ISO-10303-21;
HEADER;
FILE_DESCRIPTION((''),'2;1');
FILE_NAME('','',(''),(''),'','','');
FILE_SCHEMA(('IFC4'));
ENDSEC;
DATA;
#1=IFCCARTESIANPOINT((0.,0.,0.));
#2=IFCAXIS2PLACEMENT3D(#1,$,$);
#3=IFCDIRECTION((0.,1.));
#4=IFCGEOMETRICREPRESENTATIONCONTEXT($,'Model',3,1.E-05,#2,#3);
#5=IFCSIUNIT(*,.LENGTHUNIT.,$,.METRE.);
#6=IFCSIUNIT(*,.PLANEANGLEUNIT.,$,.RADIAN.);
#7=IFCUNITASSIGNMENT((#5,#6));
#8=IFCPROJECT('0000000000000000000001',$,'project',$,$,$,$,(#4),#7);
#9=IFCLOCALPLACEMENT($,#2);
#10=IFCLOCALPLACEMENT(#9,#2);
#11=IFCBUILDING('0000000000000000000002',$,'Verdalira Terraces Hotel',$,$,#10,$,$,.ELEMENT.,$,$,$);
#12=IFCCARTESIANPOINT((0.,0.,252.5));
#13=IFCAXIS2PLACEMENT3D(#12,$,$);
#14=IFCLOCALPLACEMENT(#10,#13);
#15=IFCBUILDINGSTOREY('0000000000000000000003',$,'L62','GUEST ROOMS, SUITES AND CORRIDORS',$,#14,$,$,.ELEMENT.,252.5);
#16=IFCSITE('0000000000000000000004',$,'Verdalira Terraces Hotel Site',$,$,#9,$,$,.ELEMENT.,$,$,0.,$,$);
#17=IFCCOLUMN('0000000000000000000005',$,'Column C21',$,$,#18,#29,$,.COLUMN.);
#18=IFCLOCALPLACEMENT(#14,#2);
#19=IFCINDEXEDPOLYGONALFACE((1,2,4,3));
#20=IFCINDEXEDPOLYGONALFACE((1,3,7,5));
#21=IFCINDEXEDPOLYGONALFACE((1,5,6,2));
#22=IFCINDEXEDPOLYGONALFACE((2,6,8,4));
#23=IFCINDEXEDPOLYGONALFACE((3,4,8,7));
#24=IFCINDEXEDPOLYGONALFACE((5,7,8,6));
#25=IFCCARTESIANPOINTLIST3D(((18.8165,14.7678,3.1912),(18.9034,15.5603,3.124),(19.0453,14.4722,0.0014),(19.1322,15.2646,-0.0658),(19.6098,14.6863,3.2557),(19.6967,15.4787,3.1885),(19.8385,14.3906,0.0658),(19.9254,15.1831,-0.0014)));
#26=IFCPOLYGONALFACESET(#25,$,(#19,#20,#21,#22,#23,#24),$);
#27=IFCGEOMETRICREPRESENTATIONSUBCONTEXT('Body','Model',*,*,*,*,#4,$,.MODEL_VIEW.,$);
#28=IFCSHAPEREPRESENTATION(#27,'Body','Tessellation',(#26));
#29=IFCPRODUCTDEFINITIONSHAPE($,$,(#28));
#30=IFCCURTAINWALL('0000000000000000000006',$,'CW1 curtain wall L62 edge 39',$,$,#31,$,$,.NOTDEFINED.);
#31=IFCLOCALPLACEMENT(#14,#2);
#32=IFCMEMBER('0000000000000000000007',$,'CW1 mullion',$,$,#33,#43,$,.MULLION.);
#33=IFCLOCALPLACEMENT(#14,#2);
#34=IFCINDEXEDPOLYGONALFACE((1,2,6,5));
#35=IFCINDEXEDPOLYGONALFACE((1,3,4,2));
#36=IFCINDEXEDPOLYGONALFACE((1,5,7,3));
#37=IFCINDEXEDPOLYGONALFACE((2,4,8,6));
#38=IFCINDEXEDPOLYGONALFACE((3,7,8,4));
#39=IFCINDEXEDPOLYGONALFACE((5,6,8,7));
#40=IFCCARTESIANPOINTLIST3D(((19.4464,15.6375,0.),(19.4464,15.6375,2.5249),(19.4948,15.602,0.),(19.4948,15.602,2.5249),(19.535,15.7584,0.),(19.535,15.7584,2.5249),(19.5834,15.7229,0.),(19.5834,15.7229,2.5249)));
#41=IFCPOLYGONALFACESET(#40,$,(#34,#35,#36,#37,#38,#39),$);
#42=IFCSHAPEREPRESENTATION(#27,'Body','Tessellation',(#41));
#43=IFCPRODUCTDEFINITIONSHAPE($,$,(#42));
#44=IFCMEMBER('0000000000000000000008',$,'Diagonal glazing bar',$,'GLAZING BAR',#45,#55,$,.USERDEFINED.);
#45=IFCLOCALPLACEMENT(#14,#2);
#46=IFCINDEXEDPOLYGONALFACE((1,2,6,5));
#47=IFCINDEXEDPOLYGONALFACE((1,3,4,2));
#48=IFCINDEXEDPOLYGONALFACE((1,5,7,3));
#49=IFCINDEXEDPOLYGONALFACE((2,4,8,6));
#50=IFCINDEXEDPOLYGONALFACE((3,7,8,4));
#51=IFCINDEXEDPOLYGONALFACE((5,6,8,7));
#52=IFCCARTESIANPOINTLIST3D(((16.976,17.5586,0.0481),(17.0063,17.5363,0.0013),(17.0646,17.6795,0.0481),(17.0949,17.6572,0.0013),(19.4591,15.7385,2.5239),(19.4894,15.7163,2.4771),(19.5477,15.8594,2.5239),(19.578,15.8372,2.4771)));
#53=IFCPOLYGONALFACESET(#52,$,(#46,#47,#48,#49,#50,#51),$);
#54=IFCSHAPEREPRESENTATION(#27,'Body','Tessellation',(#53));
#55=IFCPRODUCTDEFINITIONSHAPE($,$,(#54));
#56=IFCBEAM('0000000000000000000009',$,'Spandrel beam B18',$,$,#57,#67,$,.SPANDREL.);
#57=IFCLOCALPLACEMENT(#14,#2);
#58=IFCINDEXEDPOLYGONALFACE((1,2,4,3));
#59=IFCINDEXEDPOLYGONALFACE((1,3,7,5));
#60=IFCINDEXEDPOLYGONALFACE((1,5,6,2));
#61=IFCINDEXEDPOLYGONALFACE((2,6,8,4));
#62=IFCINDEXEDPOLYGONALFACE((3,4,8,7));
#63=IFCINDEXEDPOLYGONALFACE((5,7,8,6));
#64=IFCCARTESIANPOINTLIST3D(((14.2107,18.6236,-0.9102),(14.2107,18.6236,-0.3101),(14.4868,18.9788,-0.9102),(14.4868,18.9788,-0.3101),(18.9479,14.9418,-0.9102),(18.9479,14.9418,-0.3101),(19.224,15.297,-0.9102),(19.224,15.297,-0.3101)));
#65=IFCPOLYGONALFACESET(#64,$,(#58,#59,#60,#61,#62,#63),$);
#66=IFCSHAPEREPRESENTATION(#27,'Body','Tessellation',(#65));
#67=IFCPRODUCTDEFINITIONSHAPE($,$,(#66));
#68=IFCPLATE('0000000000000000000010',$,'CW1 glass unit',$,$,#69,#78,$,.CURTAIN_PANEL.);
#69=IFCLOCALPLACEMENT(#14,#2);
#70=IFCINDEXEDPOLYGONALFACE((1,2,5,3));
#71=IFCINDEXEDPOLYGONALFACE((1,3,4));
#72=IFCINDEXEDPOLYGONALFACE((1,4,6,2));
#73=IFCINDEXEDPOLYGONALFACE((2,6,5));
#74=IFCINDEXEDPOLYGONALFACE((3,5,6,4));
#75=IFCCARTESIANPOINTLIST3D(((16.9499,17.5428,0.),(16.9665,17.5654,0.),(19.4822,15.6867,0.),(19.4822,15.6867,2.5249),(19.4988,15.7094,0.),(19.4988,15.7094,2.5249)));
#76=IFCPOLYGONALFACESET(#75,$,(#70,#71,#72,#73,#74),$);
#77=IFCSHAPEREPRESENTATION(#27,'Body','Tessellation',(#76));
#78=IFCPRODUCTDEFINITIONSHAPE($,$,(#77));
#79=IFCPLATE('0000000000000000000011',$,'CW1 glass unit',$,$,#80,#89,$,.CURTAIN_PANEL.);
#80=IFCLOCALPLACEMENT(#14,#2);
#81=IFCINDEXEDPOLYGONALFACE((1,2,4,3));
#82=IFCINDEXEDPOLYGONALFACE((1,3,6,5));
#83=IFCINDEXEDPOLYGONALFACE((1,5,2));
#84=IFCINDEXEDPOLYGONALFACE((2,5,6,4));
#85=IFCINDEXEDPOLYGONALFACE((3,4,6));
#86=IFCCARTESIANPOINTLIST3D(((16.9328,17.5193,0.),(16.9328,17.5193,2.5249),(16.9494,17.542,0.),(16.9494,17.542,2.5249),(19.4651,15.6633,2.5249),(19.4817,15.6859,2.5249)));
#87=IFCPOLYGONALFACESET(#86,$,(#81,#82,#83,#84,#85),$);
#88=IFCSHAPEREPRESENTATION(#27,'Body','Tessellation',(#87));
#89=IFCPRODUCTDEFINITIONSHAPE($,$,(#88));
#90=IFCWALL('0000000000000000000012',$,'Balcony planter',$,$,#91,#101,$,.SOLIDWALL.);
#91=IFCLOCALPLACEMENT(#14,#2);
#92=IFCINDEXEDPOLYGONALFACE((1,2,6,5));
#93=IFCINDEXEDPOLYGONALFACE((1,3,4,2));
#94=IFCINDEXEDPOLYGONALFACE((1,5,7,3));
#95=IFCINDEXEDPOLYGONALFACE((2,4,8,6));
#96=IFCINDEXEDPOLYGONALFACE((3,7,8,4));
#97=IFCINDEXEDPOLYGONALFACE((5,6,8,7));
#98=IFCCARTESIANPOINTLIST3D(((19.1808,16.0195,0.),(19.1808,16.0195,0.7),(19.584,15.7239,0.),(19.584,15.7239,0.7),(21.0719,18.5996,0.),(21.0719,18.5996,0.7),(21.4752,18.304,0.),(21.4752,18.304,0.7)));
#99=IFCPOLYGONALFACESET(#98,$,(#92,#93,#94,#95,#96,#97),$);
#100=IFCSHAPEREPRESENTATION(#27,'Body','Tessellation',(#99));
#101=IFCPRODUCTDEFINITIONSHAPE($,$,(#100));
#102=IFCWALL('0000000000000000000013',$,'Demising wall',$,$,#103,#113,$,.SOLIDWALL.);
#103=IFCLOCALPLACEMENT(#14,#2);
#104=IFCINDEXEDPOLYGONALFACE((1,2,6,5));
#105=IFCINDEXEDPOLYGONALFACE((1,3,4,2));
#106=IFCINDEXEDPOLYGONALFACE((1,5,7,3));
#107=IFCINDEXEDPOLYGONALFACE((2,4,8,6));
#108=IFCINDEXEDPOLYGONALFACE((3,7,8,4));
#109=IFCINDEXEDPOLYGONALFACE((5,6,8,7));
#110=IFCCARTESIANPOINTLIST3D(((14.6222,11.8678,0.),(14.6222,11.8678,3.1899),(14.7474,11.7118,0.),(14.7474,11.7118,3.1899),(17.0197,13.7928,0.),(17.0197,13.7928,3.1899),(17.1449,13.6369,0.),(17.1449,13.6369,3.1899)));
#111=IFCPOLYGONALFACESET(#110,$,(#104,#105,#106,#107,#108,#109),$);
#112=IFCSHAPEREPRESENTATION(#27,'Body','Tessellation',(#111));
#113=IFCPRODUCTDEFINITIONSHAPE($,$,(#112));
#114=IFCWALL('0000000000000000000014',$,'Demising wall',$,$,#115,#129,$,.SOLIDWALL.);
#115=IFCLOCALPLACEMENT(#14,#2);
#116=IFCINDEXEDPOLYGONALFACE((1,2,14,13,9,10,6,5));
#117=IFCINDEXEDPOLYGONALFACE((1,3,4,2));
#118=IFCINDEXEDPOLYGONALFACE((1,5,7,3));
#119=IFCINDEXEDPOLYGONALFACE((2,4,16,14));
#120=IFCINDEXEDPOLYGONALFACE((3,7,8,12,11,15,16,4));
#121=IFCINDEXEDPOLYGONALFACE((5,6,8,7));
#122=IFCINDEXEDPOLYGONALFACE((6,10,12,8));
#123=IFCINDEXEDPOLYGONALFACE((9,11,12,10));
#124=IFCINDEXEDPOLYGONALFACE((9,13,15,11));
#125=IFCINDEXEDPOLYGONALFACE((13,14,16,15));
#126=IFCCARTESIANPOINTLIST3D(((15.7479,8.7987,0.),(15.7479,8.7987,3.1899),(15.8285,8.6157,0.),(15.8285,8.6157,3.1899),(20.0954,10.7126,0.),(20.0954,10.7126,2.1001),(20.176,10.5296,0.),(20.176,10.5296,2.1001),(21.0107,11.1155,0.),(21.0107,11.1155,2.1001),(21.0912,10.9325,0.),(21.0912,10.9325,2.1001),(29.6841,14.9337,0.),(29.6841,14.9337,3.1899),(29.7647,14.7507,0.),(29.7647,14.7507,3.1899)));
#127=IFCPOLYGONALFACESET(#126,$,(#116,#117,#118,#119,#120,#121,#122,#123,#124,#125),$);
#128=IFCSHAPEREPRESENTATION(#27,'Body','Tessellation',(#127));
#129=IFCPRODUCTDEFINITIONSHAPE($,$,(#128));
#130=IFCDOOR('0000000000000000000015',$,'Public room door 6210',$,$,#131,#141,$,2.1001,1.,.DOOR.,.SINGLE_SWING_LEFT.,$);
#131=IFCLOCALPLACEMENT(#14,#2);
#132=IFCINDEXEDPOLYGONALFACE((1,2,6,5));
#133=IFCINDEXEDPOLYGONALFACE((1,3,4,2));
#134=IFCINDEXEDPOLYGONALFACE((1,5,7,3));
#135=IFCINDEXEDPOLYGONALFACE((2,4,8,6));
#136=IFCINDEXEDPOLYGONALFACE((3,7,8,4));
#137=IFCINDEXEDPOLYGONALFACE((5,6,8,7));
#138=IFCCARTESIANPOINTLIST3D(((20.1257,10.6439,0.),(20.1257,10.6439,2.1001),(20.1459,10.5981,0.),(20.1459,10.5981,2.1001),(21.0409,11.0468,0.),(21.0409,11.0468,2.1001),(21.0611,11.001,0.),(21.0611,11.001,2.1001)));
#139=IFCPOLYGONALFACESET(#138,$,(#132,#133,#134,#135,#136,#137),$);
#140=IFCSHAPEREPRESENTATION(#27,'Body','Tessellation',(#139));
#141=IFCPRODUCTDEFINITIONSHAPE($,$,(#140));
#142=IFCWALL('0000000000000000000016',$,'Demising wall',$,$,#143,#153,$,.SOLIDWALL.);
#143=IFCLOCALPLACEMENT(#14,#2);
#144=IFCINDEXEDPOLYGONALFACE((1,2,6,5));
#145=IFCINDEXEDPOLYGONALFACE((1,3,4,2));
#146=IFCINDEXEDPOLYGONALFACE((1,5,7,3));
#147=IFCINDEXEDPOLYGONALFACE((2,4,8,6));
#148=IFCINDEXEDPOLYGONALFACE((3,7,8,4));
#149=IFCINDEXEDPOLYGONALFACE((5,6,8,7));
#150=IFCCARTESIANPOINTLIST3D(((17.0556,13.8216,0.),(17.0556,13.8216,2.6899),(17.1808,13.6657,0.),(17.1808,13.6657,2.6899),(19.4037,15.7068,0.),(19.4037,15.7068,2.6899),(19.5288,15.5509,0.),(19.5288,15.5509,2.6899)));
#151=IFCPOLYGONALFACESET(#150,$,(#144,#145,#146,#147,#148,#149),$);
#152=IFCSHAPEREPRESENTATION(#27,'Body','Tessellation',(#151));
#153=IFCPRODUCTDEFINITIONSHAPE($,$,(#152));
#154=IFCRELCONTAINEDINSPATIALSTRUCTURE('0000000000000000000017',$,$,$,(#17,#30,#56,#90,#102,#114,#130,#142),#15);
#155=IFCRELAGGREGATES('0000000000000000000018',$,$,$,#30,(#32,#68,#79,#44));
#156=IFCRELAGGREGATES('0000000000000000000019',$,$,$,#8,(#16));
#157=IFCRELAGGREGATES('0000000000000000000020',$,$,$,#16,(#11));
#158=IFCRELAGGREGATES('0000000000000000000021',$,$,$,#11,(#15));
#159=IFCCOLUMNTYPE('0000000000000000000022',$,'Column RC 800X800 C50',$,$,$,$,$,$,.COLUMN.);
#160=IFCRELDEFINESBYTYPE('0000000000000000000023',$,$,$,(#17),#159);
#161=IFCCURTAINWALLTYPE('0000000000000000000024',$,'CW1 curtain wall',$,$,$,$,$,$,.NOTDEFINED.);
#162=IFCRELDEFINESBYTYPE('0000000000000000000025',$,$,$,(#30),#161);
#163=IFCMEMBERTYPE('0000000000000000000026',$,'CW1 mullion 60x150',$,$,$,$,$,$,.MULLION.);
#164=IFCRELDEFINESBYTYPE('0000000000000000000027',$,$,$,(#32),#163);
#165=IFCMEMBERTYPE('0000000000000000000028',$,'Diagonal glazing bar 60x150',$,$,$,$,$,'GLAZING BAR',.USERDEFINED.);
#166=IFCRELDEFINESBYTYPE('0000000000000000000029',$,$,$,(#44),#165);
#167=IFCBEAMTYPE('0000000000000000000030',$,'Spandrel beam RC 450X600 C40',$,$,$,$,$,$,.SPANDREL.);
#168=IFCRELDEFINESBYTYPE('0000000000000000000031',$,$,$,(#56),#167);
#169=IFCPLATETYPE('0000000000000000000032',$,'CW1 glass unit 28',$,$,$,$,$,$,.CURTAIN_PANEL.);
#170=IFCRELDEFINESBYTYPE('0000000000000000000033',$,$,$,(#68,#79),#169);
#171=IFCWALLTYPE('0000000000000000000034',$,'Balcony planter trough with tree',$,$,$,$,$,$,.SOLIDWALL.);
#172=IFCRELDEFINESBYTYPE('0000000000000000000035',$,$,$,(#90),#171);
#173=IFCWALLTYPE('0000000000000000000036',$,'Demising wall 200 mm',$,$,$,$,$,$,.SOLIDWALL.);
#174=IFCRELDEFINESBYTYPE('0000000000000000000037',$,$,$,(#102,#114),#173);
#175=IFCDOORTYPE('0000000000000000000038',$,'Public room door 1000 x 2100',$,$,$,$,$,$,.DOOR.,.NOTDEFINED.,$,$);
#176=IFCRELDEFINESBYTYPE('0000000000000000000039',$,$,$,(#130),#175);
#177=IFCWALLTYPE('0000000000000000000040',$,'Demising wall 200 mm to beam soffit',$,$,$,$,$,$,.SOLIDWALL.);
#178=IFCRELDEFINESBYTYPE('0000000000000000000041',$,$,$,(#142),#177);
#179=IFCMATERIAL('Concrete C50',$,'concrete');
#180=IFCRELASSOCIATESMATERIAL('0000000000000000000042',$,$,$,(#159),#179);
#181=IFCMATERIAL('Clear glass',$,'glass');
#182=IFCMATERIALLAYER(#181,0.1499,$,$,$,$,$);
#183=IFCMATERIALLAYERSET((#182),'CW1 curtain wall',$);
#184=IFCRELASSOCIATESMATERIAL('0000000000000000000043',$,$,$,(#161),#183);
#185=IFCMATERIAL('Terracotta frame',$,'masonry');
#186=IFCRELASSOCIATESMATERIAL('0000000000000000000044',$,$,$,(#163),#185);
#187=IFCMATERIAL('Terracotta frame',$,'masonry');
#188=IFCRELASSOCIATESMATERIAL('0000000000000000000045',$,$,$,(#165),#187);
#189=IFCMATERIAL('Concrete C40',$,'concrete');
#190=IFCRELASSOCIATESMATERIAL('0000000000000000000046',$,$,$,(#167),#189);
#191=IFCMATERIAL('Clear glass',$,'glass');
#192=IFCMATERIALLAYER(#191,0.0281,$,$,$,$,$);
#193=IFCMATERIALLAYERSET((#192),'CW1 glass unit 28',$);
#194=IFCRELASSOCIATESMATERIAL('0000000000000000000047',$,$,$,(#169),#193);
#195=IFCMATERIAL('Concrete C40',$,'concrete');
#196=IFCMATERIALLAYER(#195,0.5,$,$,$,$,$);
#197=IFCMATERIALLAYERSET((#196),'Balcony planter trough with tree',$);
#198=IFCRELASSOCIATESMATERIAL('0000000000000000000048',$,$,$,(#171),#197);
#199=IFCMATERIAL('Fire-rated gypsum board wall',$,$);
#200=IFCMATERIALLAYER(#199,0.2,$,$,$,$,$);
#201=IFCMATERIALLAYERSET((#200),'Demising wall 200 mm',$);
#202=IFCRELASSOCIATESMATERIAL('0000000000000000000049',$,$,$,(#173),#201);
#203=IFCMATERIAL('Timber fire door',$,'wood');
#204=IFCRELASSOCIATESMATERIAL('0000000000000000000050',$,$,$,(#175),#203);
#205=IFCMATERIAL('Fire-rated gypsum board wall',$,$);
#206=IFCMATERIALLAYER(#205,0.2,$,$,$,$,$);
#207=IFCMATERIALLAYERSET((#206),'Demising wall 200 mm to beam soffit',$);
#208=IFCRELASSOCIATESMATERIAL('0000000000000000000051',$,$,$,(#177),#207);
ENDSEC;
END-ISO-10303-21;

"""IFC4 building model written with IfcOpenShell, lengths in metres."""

from ifc_helpers import new_model, si_unit, direction, frame, frame_2d, origin, origin_2d, place, context, subcontext, project, spatial, polyline, rectangle, outline, extrude, material, layer, layer_set, material_profile, profile_set, type_object, element, fill, aggregate, save


model = new_model("IFC4")

# Units and contexts
model_context = context("Model", 3, precision=1e-05, world=origin(), true_north=direction((0.0, 1.0)))
body_context = subcontext(model_context, "Body", "Model", "MODEL_VIEW")
ifc_project = project(units=[si_unit("LENGTHUNIT", "METRE"), si_unit("PLANEANGLEUNIT", "RADIAN")], contexts=[model_context])

# Site, building, storey
site_placement = place(None, origin())
site = spatial("IfcSite", under=ifc_project, at=site_placement, Name="Verdalira Terraces Hotel Site", CompositionType="ELEMENT", RefElevation=0.0)
building_placement = place(site_placement, origin())
building = spatial("IfcBuilding", under=site, at=building_placement, Name="Verdalira Terraces Hotel", CompositionType="ELEMENT")
storey_placement = place(building_placement, frame((0.0, 0.0, 252.5)))
storey = spatial("IfcBuildingStorey", under=building, at=storey_placement, Name="L62", Description="GUEST ROOMS, SUITES AND CORRIDORS", CompositionType="ELEMENT", Elevation=252.5)

# Column
ifc_material_1 = material(Name="Concrete C50", Category="concrete")
ifc_material_profile_1 = material_profile(ifc_material_1, rectangle(XDim=0.8, YDim=0.8, at=origin_2d()), Name="RC 800X800")
ifc_profile_set_1 = profile_set([ifc_material_profile_1], Name="Concrete C50")
column_type = type_object("IfcColumnType", Name="Column RC 800X800 C50", PredefinedType="COLUMN", material=ifc_profile_set_1)
column_placement = place(storey_placement, frame((19.4854, 14.8276, 0.0), z_axis=(-0.071225, 0.092053, 0.993203), x_axis=(0.991527, -0.101914, 0.080551)))
element("IfcColumn", 1, at=column_placement, inside=storey, type_object=column_type, Name="Column C21", PredefinedType="COLUMN", context=body_context, shape_type="SweptSolid", body=[
    extrude(rectangle(XDim=0.8, YDim=0.8, at=origin_2d()), origin(), (0.0, 0.0, 1.0), 3.2117),
])

# Curtain wall, members
ifc_material_2 = material(Name="Clear glass", Category="glass")
ifc_layer_1 = layer(ifc_material_2, 0.1499)
ifc_layer_set_1 = layer_set([ifc_layer_1], Name="CW1 curtain wall")
curtain_wall_type = type_object("IfcCurtainWallType", Name="CW1 curtain wall", PredefinedType="NOTDEFINED", material=ifc_layer_set_1)
curtain_wall_placement = place(storey_placement, origin())
curtain_wall = element("IfcCurtainWall", 2, at=curtain_wall_placement, inside=storey, type_object=curtain_wall_type, Name="CW1 curtain wall L62 edge 39", PredefinedType="NOTDEFINED")
ifc_material_3 = material(Name="Terracotta frame", Category="masonry")
ifc_material_profile_2 = material_profile(ifc_material_3, rectangle(XDim=0.0601, YDim=0.1499, at=origin_2d()), Name="MU 60x150")
ifc_profile_set_2 = profile_set([ifc_material_profile_2], Name="Terracotta frame")
member_type_1 = type_object("IfcMemberType", Name="CW1 mullion 60x150", PredefinedType="MULLION", material=ifc_profile_set_2)
member_1_placement = place(storey_placement, frame((19.5149, 15.6802, 0.0), z_axis=(0.0, 0.0, 1.0), x_axis=(-0.806548, 0.591169, 0.0)))
member_1 = element("IfcMember", 3, at=member_1_placement, type_object=member_type_1, Name="CW1 mullion", PredefinedType="MULLION", context=body_context, shape_type="SweptSolid", body=[
    extrude(rectangle(XDim=0.0601, YDim=0.1499, at=origin_2d()), origin(), (0.0, 0.0, 1.0), 2.5249),
])
ifc_material_4 = material(Name="Terracotta frame", Category="masonry")
ifc_material_profile_3 = material_profile(ifc_material_4, rectangle(XDim=0.1499, YDim=0.0601, at=origin_2d()), Name="GB 60x150")
ifc_profile_set_3 = profile_set([ifc_material_profile_3], Name="Terracotta frame")
member_type_2 = type_object("IfcMemberType", Name="Diagonal glazing bar 60x150", ElementType="GLAZING BAR", PredefinedType="USERDEFINED", material=ifc_profile_set_3)
member_2_placement = place(storey_placement, frame((19.5186, 15.7878, 2.5005), z_axis=(-0.628527, 0.460689, -0.626673), x_axis=(-0.591171, -0.806546, 0.0)))
member_2 = element("IfcMember", 4, at=member_2_placement, type_object=member_type_2, Name="Diagonal glazing bar", ObjectType="GLAZING BAR", PredefinedType="USERDEFINED", context=body_context, shape_type="SweptSolid", body=[
    extrude(rectangle(XDim=0.1499, YDim=0.0601, at=origin_2d()), origin(), (0.0, 0.0, 1.0), 3.9507),
])

# Beam
ifc_material_5 = material(Name="Concrete C40", Category="concrete")
ifc_material_profile_4 = material_profile(ifc_material_5, rectangle(XDim=0.45, YDim=0.6001, at=origin_2d()), Name="RC 450X600")
ifc_profile_set_4 = profile_set([ifc_material_profile_4], Name="Concrete C40")
beam_type = type_object("IfcBeamType", Name="Spandrel beam RC 450X600 C40", PredefinedType="SPANDREL", material=ifc_profile_set_4)
beam_placement = place(storey_placement, frame((19.0859, 15.1194, -0.6101), z_axis=(-0.789569, 0.613662, 0.0), x_axis=(-0.613662, -0.789569, 0.0)))
element("IfcBeam", 5, at=beam_placement, inside=storey, type_object=beam_type, Name="Spandrel beam B18", PredefinedType="SPANDREL", context=body_context, shape_type="SweptSolid", body=[
    extrude(rectangle(XDim=0.45, YDim=0.6001, at=origin_2d()), origin(), (0.0, 0.0, 1.0), 5.9998),
])

# Plates
ifc_material_6 = material(Name="Clear glass", Category="glass")
ifc_layer_2 = layer(ifc_material_6, 0.0281)
ifc_layer_set_2 = layer_set([ifc_layer_2], Name="CW1 glass unit 28")
plate_type = type_object("IfcPlateType", Name="CW1 glass unit 28", PredefinedType="CURTAIN_PANEL", material=ifc_layer_set_2)
plate_1_placement = place(storey_placement, frame((18.2161, 16.6147, 1.2625), z_axis=(0.591169, 0.806548, 0.0), x_axis=(-0.806548, 0.591169, 0.0)))
plate_1 = element("IfcPlate", 6, at=plate_1_placement, type_object=plate_type, Name="CW1 glass unit", PredefinedType="CURTAIN_PANEL", context=body_context, shape_type="SweptSolid", body=[
    extrude(outline(polyline([(-1.5698, -1.2625), (1.5698, -1.2625), (-1.5698, 1.2625), (-1.5698, -1.2625)])), origin(), (0.0, 0.0, 1.0), 0.0281),
])
plate_2_placement = place(storey_placement, frame((18.199, 16.5913, 1.2625), z_axis=(0.591169, 0.806548, 0.0), x_axis=(-0.806548, 0.591169, 0.0)))
plate_2 = element("IfcPlate", 7, at=plate_2_placement, type_object=plate_type, Name="CW1 glass unit", PredefinedType="CURTAIN_PANEL", context=body_context, shape_type="SweptSolid", body=[
    extrude(outline(polyline([(1.5698, -1.2625), (1.5698, 1.2625), (-1.5698, 1.2625), (1.5698, -1.2625)])), origin(), (0.0, 0.0, 1.0), 0.0281),
])
aggregate(curtain_wall, [member_1, plate_1, plate_2, member_2])

# Walls
ifc_material_7 = material(Name="Concrete C40", Category="concrete")
ifc_layer_3 = layer(ifc_material_7, 0.5)
ifc_layer_set_3 = layer_set([ifc_layer_3], Name="Balcony planter trough with tree")
wall_type_1 = type_object("IfcWallType", Name="Balcony planter trough with tree", PredefinedType="SOLIDWALL", material=ifc_layer_set_3)
wall_1_placement = place(storey_placement, frame((19.3823, 15.8716, 0.0), z_axis=(0.0, 0.0, 1.0), x_axis=(0.591172, 0.806546, 0.0)))
element("IfcWall", 8, at=wall_1_placement, inside=storey, type_object=wall_type_1, Name="Balcony planter", PredefinedType="SOLIDWALL", context=body_context, shape_type="SweptSolid", body=[
    extrude(rectangle(XDim=3.199, YDim=0.5, at=frame_2d((1.5996, 0.0))), origin(), (0.0, 0.0, 1.0), 0.7),
])
ifc_material_8 = material(Name="Fire-rated gypsum board wall")
ifc_layer_4 = layer(ifc_material_8, 0.2)
ifc_layer_set_4 = layer_set([ifc_layer_4], Name="Demising wall 200 mm")
wall_type_2 = type_object("IfcWallType", Name="Demising wall 200 mm", PredefinedType="SOLIDWALL", material=ifc_layer_set_4)
wall_2_placement = place(storey_placement, frame((14.6848, 11.7898, 0.0), z_axis=(0.0, 0.0, 1.0), x_axis=(0.779744, 0.626098, 0.0)))
element("IfcWall", 9, at=wall_2_placement, inside=storey, type_object=wall_type_2, Name="Demising wall", PredefinedType="SOLIDWALL", context=body_context, shape_type="SweptSolid", body=[
    extrude(rectangle(XDim=3.0747, YDim=0.2, at=frame_2d((1.5374, 0.0))), origin(), (0.0, 0.0, 1.0), 3.1899),
])

# Wall, opening, door
wall_3_placement = place(storey_placement, frame((15.7883, 8.7073, 0.0), z_axis=(0.0, 0.0, 1.0), x_axis=(0.915241, 0.402906, 0.0)))
wall_3 = element("IfcWall", 10, at=wall_3_placement, inside=storey, type_object=wall_type_2, Name="Demising wall", PredefinedType="SOLIDWALL", context=body_context, shape_type="SweptSolid", body=[
    extrude(rectangle(XDim=15.2268, YDim=0.2, at=frame_2d((7.6133, 0.0))), origin(), (0.0, 0.0, 1.0), 3.1899),
])
opening_1_placement = place(wall_3_placement, frame((4.75, 0.0, 0.0)))
opening_1 = element("IfcOpeningElement", 11, at=opening_1_placement, cuts=wall_3, PredefinedType="OPENING", context=body_context, shape_type="SweptSolid", body=[
    extrude(rectangle(XDim=1.0, YDim=2.1001, at=frame_2d((0.5, 1.05))), frame((0.0, 0.1099, 0.0), z_axis=(0.0, -1.0, 0.0), x_axis=(1.0, 0.0, 0.0)), (0.0, 0.0, 1.0), 0.22),
])
ifc_material_9 = material(Name="Timber fire door", Category="wood")
door_type_1 = type_object("IfcDoorType", Name="Public room door 1000 x 2100", OperationType="NOTDEFINED", PredefinedType="DOOR", material=ifc_material_9)
door_1_placement = place(opening_1_placement, origin())
door_1 = element("IfcDoor", 12, at=door_1_placement, inside=storey, type_object=door_type_1, Name="Public room door 6210", OperationType="SINGLE_SWING_LEFT", OverallHeight=2.1001, OverallWidth=1.0, PredefinedType="DOOR", context=body_context, shape_type="SweptSolid", body=[
    extrude(rectangle(XDim=1.0, YDim=2.1001, at=frame_2d((0.5, 1.05))), frame((0.0, 0.0249, 0.0), z_axis=(0.0, -1.0, 0.0), x_axis=(1.0, 0.0, 0.0)), (0.0, 0.0, 1.0), 0.05),
])
fill(opening_1, door_1)

# Wall
ifc_material_10 = material(Name="Fire-rated gypsum board wall")
ifc_layer_5 = layer(ifc_material_10, 0.2)
ifc_layer_set_5 = layer_set([ifc_layer_5], Name="Demising wall 200 mm to beam soffit")
wall_type_3 = type_object("IfcWallType", Name="Demising wall 200 mm to beam soffit", PredefinedType="SOLIDWALL", material=ifc_layer_set_5)
wall_4_placement = place(storey_placement, frame((17.1182, 13.7437, 0.0), z_axis=(0.0, 0.0, 1.0), x_axis=(0.779776, 0.626059, 0.0)))
element("IfcWall", 13, at=wall_4_placement, inside=storey, type_object=wall_type_3, Name="Demising wall", PredefinedType="SOLIDWALL", context=body_context, shape_type="SweptSolid", body=[
    extrude(rectangle(XDim=3.0112, YDim=0.2, at=frame_2d((1.5056, 0.0))), origin(), (0.0, 0.0, 1.0), 2.6899),
])

save(model, "model.ifc")
